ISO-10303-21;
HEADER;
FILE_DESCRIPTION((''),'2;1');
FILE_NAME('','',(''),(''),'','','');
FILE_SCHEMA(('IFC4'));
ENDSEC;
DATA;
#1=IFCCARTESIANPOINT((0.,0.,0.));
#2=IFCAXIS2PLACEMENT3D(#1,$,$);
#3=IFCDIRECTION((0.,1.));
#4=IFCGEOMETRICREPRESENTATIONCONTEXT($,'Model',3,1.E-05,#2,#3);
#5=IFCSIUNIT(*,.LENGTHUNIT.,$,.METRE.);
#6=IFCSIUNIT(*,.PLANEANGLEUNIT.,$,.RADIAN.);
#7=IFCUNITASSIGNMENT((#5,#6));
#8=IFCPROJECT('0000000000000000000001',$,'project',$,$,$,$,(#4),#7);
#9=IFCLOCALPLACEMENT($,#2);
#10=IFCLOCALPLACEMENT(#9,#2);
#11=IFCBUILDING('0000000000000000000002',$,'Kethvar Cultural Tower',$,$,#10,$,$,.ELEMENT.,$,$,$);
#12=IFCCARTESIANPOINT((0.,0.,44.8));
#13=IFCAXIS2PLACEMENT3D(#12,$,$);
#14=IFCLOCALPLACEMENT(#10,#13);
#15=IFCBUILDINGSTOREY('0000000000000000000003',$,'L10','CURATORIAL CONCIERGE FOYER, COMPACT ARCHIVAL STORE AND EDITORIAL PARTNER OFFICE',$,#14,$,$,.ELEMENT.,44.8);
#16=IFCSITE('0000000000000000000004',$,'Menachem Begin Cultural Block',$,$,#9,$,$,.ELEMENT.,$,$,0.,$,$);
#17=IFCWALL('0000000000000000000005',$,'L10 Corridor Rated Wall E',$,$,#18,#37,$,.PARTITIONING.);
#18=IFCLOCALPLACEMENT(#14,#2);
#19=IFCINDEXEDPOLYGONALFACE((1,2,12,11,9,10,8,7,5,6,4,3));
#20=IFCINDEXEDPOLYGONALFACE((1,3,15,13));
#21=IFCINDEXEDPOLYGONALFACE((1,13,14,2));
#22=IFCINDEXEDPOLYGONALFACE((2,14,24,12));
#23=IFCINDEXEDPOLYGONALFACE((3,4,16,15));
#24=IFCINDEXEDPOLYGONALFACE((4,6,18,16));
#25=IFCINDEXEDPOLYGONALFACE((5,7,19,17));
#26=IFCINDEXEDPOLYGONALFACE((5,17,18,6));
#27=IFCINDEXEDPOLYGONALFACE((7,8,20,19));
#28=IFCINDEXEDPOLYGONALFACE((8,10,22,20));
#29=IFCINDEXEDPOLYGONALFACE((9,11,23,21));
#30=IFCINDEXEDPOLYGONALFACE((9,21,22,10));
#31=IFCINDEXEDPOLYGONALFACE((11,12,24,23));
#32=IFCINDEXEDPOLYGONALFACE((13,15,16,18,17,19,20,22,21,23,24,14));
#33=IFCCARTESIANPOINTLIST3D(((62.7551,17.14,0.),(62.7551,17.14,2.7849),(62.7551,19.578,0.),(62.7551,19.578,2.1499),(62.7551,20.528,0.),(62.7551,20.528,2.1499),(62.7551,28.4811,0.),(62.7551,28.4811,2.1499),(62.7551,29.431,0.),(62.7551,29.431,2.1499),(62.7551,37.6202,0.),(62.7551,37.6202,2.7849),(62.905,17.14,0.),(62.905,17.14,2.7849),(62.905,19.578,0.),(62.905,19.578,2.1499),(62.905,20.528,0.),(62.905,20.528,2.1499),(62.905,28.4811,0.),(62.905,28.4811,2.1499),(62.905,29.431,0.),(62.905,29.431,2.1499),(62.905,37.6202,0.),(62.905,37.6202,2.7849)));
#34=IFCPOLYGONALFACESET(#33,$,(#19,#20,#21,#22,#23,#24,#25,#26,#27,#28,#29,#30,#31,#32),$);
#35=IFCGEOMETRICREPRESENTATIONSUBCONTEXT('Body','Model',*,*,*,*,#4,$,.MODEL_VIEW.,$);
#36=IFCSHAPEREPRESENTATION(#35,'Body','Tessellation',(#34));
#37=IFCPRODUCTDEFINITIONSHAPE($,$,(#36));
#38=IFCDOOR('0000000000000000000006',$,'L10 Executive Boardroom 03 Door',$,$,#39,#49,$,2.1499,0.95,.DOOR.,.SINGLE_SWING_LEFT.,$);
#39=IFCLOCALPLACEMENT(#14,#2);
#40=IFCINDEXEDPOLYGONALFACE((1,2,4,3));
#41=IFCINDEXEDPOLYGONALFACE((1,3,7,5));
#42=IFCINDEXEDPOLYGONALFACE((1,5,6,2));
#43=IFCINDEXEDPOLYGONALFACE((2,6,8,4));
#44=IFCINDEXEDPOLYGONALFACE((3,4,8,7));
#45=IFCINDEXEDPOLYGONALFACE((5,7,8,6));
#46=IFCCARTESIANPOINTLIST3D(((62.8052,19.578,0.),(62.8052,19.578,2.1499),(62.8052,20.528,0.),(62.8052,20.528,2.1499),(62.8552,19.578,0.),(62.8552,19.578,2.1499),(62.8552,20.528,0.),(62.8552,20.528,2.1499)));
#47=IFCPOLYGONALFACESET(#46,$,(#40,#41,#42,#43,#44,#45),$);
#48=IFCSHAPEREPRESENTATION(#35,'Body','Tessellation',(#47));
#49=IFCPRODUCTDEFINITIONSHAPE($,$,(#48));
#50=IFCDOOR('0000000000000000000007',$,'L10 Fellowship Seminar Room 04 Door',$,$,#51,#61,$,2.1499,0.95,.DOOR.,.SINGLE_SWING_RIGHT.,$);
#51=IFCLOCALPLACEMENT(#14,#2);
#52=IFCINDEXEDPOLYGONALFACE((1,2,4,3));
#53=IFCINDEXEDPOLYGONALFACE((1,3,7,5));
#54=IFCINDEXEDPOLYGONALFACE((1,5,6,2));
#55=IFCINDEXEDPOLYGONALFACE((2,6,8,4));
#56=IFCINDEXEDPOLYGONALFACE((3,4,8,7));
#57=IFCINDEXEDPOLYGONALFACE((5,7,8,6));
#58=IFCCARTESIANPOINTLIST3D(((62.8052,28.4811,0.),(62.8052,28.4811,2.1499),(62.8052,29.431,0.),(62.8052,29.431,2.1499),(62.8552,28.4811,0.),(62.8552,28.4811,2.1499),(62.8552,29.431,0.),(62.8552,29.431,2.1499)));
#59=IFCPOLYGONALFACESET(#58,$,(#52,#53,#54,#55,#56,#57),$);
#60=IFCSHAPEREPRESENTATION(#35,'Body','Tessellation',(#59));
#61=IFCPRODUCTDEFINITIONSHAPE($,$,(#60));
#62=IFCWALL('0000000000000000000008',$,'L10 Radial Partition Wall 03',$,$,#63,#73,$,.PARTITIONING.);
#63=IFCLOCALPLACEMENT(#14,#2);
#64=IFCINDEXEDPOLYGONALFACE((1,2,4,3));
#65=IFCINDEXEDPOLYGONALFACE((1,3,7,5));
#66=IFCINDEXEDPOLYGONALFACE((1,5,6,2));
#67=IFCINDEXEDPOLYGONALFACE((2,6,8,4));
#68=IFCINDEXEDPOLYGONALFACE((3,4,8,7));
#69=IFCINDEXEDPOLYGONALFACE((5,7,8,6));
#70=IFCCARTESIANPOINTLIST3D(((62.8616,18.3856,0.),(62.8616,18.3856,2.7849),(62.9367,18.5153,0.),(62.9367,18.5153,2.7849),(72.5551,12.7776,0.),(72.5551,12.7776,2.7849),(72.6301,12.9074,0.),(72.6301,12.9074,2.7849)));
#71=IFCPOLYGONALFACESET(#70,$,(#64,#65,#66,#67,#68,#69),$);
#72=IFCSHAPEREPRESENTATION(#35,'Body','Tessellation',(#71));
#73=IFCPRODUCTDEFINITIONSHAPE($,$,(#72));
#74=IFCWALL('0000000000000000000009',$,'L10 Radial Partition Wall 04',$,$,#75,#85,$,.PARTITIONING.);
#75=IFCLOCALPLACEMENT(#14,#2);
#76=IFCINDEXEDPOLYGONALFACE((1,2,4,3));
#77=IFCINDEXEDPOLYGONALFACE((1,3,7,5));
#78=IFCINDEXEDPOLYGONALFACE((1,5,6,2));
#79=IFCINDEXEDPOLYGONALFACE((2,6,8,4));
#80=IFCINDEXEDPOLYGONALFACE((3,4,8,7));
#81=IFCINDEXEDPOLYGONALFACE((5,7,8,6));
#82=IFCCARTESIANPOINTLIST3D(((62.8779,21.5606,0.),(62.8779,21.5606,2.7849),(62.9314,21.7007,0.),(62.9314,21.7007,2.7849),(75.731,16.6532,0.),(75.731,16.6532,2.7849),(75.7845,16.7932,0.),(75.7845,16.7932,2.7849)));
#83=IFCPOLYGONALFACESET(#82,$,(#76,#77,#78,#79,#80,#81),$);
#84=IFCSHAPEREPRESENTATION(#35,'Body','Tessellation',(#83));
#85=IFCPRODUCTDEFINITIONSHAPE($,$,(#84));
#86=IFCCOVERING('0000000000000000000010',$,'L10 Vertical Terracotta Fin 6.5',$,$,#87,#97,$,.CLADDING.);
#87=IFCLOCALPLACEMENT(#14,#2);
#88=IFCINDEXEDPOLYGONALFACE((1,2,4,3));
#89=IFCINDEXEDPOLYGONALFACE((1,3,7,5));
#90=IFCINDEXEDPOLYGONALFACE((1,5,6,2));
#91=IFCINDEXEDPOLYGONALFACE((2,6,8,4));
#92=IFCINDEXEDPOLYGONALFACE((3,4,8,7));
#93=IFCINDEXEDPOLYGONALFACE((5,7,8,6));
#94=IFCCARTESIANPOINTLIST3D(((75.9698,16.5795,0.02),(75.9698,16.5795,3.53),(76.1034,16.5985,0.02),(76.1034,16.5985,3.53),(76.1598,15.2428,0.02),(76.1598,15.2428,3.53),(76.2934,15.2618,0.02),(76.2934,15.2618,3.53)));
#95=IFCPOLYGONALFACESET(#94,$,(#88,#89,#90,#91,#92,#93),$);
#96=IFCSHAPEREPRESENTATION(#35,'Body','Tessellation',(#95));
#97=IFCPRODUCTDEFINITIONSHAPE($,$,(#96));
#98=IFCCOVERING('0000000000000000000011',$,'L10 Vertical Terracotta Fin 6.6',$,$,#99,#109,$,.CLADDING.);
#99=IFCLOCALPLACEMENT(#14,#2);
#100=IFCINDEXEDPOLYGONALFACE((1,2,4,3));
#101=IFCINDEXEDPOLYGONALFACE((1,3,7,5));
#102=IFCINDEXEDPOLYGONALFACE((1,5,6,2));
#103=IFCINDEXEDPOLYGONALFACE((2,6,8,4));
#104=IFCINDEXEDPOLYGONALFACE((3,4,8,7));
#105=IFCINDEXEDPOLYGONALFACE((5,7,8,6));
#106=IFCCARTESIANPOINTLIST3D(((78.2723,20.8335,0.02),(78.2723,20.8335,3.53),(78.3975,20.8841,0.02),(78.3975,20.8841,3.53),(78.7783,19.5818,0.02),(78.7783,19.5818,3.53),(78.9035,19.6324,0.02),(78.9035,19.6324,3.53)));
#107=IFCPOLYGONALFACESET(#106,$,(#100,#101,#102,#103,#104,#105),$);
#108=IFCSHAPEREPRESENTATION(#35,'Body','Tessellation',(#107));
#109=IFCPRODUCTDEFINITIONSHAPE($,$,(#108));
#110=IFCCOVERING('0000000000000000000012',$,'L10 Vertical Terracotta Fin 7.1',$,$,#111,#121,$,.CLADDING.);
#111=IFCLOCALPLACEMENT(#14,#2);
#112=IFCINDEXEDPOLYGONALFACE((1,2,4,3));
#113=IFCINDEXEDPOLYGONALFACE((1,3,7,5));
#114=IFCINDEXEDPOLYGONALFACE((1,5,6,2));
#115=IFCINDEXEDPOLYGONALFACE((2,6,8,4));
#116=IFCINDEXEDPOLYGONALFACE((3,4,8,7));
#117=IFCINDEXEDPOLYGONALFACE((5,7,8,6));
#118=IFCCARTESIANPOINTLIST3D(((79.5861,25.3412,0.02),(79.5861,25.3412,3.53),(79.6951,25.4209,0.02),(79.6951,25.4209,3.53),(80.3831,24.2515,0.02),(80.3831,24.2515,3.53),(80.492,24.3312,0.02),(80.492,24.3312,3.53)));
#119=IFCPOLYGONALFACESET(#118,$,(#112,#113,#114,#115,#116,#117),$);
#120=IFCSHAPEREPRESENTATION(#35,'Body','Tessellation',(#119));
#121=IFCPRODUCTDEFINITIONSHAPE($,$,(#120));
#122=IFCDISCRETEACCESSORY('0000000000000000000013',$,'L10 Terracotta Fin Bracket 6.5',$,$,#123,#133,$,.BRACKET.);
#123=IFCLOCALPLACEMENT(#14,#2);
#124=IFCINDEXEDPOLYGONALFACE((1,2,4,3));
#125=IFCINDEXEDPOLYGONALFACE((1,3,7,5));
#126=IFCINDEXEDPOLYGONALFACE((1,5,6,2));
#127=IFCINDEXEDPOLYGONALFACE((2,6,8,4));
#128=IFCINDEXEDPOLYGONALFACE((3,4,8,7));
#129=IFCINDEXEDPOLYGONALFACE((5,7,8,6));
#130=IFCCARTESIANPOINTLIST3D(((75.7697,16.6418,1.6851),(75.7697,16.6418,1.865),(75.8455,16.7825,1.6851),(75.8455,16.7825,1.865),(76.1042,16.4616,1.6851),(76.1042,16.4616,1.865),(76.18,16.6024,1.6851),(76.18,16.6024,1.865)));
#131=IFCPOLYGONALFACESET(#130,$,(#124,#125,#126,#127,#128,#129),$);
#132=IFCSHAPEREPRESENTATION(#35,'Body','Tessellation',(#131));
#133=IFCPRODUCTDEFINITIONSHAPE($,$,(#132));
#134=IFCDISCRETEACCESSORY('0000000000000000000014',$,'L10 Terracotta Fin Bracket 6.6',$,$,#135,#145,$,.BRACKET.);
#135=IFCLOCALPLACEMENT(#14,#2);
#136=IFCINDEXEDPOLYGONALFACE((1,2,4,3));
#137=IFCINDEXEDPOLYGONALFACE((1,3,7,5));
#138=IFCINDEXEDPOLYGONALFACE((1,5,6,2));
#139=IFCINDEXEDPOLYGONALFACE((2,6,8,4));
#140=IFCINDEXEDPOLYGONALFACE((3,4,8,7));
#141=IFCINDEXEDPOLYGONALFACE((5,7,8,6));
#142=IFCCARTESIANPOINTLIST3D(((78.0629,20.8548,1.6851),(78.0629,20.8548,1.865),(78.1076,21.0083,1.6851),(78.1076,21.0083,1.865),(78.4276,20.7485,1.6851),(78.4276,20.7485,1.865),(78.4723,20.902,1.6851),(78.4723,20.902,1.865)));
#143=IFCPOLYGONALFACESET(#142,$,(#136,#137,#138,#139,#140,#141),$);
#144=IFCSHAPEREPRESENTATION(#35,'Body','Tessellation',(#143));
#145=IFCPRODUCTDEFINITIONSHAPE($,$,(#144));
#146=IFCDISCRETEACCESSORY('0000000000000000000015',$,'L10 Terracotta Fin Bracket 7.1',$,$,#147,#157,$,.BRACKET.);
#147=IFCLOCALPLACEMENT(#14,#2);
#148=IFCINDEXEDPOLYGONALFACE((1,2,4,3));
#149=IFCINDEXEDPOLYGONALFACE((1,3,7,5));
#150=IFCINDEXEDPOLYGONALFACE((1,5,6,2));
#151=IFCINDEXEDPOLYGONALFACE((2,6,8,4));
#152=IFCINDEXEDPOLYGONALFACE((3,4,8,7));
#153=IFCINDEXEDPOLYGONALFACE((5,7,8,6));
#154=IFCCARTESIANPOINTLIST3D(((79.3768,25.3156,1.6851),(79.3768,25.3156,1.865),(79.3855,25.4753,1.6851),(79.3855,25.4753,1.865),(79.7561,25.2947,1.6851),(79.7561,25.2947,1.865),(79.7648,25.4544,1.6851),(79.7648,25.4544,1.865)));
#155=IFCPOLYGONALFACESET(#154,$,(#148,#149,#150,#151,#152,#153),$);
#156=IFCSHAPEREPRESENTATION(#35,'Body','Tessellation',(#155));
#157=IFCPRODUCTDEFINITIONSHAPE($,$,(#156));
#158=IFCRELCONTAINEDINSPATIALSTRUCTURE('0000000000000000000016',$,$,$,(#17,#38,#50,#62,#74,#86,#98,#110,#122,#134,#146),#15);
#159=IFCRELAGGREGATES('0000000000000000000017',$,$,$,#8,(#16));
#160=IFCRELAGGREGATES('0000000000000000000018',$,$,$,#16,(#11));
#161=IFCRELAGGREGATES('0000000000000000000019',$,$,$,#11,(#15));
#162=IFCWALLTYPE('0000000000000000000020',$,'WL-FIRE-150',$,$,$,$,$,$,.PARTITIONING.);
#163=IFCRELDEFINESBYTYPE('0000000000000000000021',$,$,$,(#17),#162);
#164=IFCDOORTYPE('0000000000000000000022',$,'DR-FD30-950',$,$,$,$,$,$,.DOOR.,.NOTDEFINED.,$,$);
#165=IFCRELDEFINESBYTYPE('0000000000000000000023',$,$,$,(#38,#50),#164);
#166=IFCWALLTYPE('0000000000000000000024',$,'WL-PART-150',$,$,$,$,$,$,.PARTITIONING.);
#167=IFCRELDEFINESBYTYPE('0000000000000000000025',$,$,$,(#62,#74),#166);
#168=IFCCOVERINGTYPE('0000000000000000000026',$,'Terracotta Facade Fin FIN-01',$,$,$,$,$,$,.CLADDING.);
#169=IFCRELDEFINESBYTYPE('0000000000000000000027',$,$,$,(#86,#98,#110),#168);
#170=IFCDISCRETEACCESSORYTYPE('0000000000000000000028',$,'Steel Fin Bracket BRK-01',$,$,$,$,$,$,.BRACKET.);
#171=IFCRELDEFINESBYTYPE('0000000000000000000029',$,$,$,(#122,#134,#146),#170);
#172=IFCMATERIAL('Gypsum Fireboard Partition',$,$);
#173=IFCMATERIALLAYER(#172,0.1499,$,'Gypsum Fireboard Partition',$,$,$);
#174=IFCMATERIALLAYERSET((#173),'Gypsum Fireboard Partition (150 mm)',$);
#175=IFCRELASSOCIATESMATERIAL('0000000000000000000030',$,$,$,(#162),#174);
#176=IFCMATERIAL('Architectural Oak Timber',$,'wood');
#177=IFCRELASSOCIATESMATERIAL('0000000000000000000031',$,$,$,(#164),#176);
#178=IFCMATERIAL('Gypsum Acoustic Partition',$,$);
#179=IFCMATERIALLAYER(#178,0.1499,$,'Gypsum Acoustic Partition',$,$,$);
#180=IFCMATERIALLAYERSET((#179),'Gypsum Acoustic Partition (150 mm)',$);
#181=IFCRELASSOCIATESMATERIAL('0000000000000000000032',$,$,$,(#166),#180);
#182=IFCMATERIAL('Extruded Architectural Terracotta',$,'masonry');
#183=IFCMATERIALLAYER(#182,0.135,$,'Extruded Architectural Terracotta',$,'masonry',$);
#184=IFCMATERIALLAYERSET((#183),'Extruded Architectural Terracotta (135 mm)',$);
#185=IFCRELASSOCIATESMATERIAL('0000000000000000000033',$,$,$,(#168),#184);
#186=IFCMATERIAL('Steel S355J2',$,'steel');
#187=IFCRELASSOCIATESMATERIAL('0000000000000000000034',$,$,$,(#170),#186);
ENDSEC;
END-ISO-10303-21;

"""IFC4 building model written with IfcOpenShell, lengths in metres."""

from ifc_helpers import new_model, si_unit, direction, frame, frame_2d, origin, origin_2d, place, context, subcontext, project, spatial, rectangle, extrude, source, transform, mapped, material, layer, layer_set, type_object, element, fill, save


model = new_model("IFC4")

# Units and contexts
model_context = context("Model", 3, precision=1e-05, world=origin(), true_north=direction((0.0, 1.0)))
body_context = subcontext(model_context, "Body", "Model", "MODEL_VIEW")
ifc_project = project(units=[si_unit("LENGTHUNIT", "METRE"), si_unit("PLANEANGLEUNIT", "RADIAN")], contexts=[model_context])

# Site, building, storey
site_placement = place(None, origin())
site = spatial("IfcSite", under=ifc_project, at=site_placement, Name="Menachem Begin Cultural Block", CompositionType="ELEMENT", RefElevation=0.0)
building_placement = place(site_placement, origin())
building = spatial("IfcBuilding", under=site, at=building_placement, Name="Kethvar Cultural Tower", CompositionType="ELEMENT")
storey_placement = place(building_placement, frame((0.0, 0.0, 44.8)))
storey = spatial("IfcBuildingStorey", under=building, at=storey_placement, Name="L10", Description="CURATORIAL CONCIERGE FOYER, COMPACT ARCHIVAL STORE AND EDITORIAL PARTNER OFFICE", CompositionType="ELEMENT", Elevation=44.8)

# Shared definitions
ifc_material_1 = material(Name="Steel S355J2", Category="steel")

# Wall, openings, doors
ifc_material_2 = material(Name="Gypsum Fireboard Partition")
ifc_layer_1 = layer(ifc_material_2, 0.1499, Name="Gypsum Fireboard Partition")
ifc_layer_set_1 = layer_set([ifc_layer_1], Name="Gypsum Fireboard Partition (150 mm)")
wall_type_1 = type_object("IfcWallType", Name="WL-FIRE-150", PredefinedType="PARTITIONING", material=ifc_layer_set_1)
wall_1_placement = place(storey_placement, frame((62.8301, 17.1399, 0.0), z_axis=(0.0, 0.0, 1.0), x_axis=(0.0, 1.0, 0.0)))
wall_1 = element("IfcWall", 1, at=wall_1_placement, inside=storey, type_object=wall_type_1, Name="L10 Corridor Rated Wall E", PredefinedType="PARTITIONING", context=body_context, shape_type="SweptSolid", body=[
    extrude(rectangle(XDim=20.4802, YDim=0.1499, at=frame_2d((10.2402, 0.0))), origin(), (0.0, 0.0, 1.0), 2.7849),
])
opening_1_placement = place(wall_1_placement, frame((2.438, 0.0, 0.0)))
opening_1 = element("IfcOpeningElement", 2, at=opening_1_placement, cuts=wall_1, PredefinedType="OPENING", context=body_context, shape_type="SweptSolid", body=[
    extrude(rectangle(XDim=0.95, YDim=2.1499, at=frame_2d((0.4751, 1.075))), frame((0.0, 0.085, 0.0), z_axis=(0.0, -1.0, 0.0), x_axis=(1.0, 0.0, 0.0)), (0.0, 0.0, 1.0), 0.1699),
])
opening_2_placement = place(wall_1_placement, frame((11.3411, 0.0, 0.0)))
opening_2 = element("IfcOpeningElement", 3, at=opening_2_placement, cuts=wall_1, PredefinedType="OPENING", context=body_context, shape_type="SweptSolid", body=[
    extrude(rectangle(XDim=0.95, YDim=2.1499, at=frame_2d((0.4751, 1.075))), frame((0.0, 0.085, 0.0), z_axis=(0.0, -1.0, 0.0), x_axis=(1.0, 0.0, 0.0)), (0.0, 0.0, 1.0), 0.1699),
])
ifc_material_3 = material(Name="Architectural Oak Timber", Category="wood")
door_type_1 = type_object("IfcDoorType", Name="DR-FD30-950", OperationType="NOTDEFINED", PredefinedType="DOOR", material=ifc_material_3)
shared_shape_1 = source(origin(), body_context, "Body", "SweptSolid", [
    extrude(rectangle(XDim=0.95, YDim=2.1499, at=frame_2d((0.4751, 1.075))), frame((0.0, 0.0249, 0.0), z_axis=(0.0, -1.0, 0.0), x_axis=(1.0, 0.0, 0.0)), (0.0, 0.0, 1.0), 0.05),
])
door_1_placement = place(opening_1_placement, origin())
door_1 = element("IfcDoor", 4, at=door_1_placement, inside=storey, type_object=door_type_1, Name="L10 Executive Boardroom 03 Door", OperationType="SINGLE_SWING_LEFT", OverallHeight=2.1499, OverallWidth=0.95, PredefinedType="DOOR", context=body_context, shape_type="MappedRepresentation", body=[
    mapped(shared_shape_1, transform((0.0, 0.0, 0.0), scale=1.0)),
])
fill(opening_1, door_1)
door_2_placement = place(opening_2_placement, origin())
door_2 = element("IfcDoor", 5, at=door_2_placement, inside=storey, type_object=door_type_1, Name="L10 Fellowship Seminar Room 04 Door", OperationType="SINGLE_SWING_RIGHT", OverallHeight=2.1499, OverallWidth=0.95, PredefinedType="DOOR", context=body_context, shape_type="MappedRepresentation", body=[
    mapped(shared_shape_1, transform((0.0, 0.0, 0.0), scale=1.0)),
])
fill(opening_2, door_2)

# Walls
ifc_material_4 = material(Name="Gypsum Acoustic Partition")
ifc_layer_2 = layer(ifc_material_4, 0.1499, Name="Gypsum Acoustic Partition")
ifc_layer_set_2 = layer_set([ifc_layer_2], Name="Gypsum Acoustic Partition (150 mm)")
wall_type_2 = type_object("IfcWallType", Name="WL-PART-150", PredefinedType="PARTITIONING", material=ifc_layer_set_2)
wall_2_placement = place(storey_placement, frame((62.8992, 18.4504, 0.0), z_axis=(0.0, 0.0, 1.0), x_axis=(0.865582, -0.500766, 0.0)))
element("IfcWall", 6, at=wall_2_placement, inside=storey, type_object=wall_type_2, Name="L10 Radial Partition Wall 03", PredefinedType="PARTITIONING", context=body_context, shape_type="SweptSolid", body=[
    extrude(rectangle(XDim=11.1987, YDim=0.1499, at=frame_2d((5.5994, 0.0))), origin(), (0.0, 0.0, 1.0), 2.7849),
])
wall_3_placement = place(storey_placement, frame((62.9048, 21.6306, 0.0), z_axis=(0.0, 0.0, 1.0), x_axis=(0.93422, -0.356698, 0.0)))
element("IfcWall", 7, at=wall_3_placement, inside=storey, type_object=wall_type_2, Name="L10 Radial Partition Wall 04", PredefinedType="PARTITIONING", context=body_context, shape_type="SweptSolid", body=[
    extrude(rectangle(XDim=13.7581, YDim=0.1499, at=frame_2d((6.8789, 0.0))), origin(), (0.0, 0.0, 1.0), 2.7849),
])

# Coverings
ifc_material_5 = material(Name="Extruded Architectural Terracotta", Category="masonry")
ifc_layer_3 = layer(ifc_material_5, 0.135, Name="Extruded Architectural Terracotta", Category="masonry")
ifc_layer_set_3 = layer_set([ifc_layer_3], Name="Extruded Architectural Terracotta (135 mm)")
covering_type = type_object("IfcCoveringType", Name="Terracotta Facade Fin FIN-01", PredefinedType="CLADDING", material=ifc_layer_set_3)
shared_shape_2 = source(origin(), body_context, "Body", "SweptSolid", [
    extrude(rectangle(XDim=1.3501, YDim=0.135, at=origin_2d()), origin(), (0.0, 0.0, 1.0), 3.51),
])
for number, where, z_axis, x_axis, name in (
    (8, (76.1316, 15.9207, 0.02), (0.0, 0.0, 1.0), (0.140728, -0.990048, 0.0), "L10 Vertical Terracotta Fin 6.5"),
    (9, (78.5879, 20.2329, 0.02), (0.0, 0.0, 1.0), (0.374768, -0.927118, 0.0), "L10 Vertical Terracotta Fin 6.6"),
    (10, (80.0391, 24.8362, 0.02), (0.0, 0.0, 1.0), (0.590324, -0.807166, 0.0), "L10 Vertical Terracotta Fin 7.1"),
):
    element("IfcCovering", number, at=place(storey_placement, frame(where, z_axis=z_axis, x_axis=x_axis)), inside=storey, type_object=covering_type, Name=name, PredefinedType="CLADDING", context=body_context, shape_type="MappedRepresentation", body=[
        mapped(shared_shape_2, transform((0.0, 0.0, 0.0), scale=1.0)),
    ])

# Discrete accessories
discrete_accessory_type = type_object("IfcDiscreteAccessoryType", Name="Steel Fin Bracket BRK-01", PredefinedType="BRACKET", material=ifc_material_1)
shared_shape_3 = source(origin(), body_context, "Body", "SweptSolid", [
    extrude(rectangle(XDim=0.3799, YDim=0.1599, at=origin_2d()), origin(), (0.0, 0.0, 1.0), 0.1799),
])
for number, where, z_axis, x_axis, name in (
    (11, (75.9749, 16.6221, 1.6851), (0.0, 0.0, 1.0), (0.880395, -0.474242, 0.0), "L10 Terracotta Fin Bracket 6.5"),
    (12, (78.2676, 20.8784, 1.6851), (0.0, 0.0, 1.0), (0.96005, -0.279829, 0.0), "L10 Terracotta Fin Bracket 6.6"),
    (13, (79.5708, 25.385, 1.6851), (0.0, 0.0, 1.0), (0.998489, -0.05495, 0.0), "L10 Terracotta Fin Bracket 7.1"),
):
    element("IfcDiscreteAccessory", number, at=place(storey_placement, frame(where, z_axis=z_axis, x_axis=x_axis)), inside=storey, type_object=discrete_accessory_type, Name=name, PredefinedType="BRACKET", context=body_context, shape_type="MappedRepresentation", body=[
        mapped(shared_shape_3, transform((0.0, 0.0, 0.0), scale=1.0)),
    ])

save(model, "model.ifc")
